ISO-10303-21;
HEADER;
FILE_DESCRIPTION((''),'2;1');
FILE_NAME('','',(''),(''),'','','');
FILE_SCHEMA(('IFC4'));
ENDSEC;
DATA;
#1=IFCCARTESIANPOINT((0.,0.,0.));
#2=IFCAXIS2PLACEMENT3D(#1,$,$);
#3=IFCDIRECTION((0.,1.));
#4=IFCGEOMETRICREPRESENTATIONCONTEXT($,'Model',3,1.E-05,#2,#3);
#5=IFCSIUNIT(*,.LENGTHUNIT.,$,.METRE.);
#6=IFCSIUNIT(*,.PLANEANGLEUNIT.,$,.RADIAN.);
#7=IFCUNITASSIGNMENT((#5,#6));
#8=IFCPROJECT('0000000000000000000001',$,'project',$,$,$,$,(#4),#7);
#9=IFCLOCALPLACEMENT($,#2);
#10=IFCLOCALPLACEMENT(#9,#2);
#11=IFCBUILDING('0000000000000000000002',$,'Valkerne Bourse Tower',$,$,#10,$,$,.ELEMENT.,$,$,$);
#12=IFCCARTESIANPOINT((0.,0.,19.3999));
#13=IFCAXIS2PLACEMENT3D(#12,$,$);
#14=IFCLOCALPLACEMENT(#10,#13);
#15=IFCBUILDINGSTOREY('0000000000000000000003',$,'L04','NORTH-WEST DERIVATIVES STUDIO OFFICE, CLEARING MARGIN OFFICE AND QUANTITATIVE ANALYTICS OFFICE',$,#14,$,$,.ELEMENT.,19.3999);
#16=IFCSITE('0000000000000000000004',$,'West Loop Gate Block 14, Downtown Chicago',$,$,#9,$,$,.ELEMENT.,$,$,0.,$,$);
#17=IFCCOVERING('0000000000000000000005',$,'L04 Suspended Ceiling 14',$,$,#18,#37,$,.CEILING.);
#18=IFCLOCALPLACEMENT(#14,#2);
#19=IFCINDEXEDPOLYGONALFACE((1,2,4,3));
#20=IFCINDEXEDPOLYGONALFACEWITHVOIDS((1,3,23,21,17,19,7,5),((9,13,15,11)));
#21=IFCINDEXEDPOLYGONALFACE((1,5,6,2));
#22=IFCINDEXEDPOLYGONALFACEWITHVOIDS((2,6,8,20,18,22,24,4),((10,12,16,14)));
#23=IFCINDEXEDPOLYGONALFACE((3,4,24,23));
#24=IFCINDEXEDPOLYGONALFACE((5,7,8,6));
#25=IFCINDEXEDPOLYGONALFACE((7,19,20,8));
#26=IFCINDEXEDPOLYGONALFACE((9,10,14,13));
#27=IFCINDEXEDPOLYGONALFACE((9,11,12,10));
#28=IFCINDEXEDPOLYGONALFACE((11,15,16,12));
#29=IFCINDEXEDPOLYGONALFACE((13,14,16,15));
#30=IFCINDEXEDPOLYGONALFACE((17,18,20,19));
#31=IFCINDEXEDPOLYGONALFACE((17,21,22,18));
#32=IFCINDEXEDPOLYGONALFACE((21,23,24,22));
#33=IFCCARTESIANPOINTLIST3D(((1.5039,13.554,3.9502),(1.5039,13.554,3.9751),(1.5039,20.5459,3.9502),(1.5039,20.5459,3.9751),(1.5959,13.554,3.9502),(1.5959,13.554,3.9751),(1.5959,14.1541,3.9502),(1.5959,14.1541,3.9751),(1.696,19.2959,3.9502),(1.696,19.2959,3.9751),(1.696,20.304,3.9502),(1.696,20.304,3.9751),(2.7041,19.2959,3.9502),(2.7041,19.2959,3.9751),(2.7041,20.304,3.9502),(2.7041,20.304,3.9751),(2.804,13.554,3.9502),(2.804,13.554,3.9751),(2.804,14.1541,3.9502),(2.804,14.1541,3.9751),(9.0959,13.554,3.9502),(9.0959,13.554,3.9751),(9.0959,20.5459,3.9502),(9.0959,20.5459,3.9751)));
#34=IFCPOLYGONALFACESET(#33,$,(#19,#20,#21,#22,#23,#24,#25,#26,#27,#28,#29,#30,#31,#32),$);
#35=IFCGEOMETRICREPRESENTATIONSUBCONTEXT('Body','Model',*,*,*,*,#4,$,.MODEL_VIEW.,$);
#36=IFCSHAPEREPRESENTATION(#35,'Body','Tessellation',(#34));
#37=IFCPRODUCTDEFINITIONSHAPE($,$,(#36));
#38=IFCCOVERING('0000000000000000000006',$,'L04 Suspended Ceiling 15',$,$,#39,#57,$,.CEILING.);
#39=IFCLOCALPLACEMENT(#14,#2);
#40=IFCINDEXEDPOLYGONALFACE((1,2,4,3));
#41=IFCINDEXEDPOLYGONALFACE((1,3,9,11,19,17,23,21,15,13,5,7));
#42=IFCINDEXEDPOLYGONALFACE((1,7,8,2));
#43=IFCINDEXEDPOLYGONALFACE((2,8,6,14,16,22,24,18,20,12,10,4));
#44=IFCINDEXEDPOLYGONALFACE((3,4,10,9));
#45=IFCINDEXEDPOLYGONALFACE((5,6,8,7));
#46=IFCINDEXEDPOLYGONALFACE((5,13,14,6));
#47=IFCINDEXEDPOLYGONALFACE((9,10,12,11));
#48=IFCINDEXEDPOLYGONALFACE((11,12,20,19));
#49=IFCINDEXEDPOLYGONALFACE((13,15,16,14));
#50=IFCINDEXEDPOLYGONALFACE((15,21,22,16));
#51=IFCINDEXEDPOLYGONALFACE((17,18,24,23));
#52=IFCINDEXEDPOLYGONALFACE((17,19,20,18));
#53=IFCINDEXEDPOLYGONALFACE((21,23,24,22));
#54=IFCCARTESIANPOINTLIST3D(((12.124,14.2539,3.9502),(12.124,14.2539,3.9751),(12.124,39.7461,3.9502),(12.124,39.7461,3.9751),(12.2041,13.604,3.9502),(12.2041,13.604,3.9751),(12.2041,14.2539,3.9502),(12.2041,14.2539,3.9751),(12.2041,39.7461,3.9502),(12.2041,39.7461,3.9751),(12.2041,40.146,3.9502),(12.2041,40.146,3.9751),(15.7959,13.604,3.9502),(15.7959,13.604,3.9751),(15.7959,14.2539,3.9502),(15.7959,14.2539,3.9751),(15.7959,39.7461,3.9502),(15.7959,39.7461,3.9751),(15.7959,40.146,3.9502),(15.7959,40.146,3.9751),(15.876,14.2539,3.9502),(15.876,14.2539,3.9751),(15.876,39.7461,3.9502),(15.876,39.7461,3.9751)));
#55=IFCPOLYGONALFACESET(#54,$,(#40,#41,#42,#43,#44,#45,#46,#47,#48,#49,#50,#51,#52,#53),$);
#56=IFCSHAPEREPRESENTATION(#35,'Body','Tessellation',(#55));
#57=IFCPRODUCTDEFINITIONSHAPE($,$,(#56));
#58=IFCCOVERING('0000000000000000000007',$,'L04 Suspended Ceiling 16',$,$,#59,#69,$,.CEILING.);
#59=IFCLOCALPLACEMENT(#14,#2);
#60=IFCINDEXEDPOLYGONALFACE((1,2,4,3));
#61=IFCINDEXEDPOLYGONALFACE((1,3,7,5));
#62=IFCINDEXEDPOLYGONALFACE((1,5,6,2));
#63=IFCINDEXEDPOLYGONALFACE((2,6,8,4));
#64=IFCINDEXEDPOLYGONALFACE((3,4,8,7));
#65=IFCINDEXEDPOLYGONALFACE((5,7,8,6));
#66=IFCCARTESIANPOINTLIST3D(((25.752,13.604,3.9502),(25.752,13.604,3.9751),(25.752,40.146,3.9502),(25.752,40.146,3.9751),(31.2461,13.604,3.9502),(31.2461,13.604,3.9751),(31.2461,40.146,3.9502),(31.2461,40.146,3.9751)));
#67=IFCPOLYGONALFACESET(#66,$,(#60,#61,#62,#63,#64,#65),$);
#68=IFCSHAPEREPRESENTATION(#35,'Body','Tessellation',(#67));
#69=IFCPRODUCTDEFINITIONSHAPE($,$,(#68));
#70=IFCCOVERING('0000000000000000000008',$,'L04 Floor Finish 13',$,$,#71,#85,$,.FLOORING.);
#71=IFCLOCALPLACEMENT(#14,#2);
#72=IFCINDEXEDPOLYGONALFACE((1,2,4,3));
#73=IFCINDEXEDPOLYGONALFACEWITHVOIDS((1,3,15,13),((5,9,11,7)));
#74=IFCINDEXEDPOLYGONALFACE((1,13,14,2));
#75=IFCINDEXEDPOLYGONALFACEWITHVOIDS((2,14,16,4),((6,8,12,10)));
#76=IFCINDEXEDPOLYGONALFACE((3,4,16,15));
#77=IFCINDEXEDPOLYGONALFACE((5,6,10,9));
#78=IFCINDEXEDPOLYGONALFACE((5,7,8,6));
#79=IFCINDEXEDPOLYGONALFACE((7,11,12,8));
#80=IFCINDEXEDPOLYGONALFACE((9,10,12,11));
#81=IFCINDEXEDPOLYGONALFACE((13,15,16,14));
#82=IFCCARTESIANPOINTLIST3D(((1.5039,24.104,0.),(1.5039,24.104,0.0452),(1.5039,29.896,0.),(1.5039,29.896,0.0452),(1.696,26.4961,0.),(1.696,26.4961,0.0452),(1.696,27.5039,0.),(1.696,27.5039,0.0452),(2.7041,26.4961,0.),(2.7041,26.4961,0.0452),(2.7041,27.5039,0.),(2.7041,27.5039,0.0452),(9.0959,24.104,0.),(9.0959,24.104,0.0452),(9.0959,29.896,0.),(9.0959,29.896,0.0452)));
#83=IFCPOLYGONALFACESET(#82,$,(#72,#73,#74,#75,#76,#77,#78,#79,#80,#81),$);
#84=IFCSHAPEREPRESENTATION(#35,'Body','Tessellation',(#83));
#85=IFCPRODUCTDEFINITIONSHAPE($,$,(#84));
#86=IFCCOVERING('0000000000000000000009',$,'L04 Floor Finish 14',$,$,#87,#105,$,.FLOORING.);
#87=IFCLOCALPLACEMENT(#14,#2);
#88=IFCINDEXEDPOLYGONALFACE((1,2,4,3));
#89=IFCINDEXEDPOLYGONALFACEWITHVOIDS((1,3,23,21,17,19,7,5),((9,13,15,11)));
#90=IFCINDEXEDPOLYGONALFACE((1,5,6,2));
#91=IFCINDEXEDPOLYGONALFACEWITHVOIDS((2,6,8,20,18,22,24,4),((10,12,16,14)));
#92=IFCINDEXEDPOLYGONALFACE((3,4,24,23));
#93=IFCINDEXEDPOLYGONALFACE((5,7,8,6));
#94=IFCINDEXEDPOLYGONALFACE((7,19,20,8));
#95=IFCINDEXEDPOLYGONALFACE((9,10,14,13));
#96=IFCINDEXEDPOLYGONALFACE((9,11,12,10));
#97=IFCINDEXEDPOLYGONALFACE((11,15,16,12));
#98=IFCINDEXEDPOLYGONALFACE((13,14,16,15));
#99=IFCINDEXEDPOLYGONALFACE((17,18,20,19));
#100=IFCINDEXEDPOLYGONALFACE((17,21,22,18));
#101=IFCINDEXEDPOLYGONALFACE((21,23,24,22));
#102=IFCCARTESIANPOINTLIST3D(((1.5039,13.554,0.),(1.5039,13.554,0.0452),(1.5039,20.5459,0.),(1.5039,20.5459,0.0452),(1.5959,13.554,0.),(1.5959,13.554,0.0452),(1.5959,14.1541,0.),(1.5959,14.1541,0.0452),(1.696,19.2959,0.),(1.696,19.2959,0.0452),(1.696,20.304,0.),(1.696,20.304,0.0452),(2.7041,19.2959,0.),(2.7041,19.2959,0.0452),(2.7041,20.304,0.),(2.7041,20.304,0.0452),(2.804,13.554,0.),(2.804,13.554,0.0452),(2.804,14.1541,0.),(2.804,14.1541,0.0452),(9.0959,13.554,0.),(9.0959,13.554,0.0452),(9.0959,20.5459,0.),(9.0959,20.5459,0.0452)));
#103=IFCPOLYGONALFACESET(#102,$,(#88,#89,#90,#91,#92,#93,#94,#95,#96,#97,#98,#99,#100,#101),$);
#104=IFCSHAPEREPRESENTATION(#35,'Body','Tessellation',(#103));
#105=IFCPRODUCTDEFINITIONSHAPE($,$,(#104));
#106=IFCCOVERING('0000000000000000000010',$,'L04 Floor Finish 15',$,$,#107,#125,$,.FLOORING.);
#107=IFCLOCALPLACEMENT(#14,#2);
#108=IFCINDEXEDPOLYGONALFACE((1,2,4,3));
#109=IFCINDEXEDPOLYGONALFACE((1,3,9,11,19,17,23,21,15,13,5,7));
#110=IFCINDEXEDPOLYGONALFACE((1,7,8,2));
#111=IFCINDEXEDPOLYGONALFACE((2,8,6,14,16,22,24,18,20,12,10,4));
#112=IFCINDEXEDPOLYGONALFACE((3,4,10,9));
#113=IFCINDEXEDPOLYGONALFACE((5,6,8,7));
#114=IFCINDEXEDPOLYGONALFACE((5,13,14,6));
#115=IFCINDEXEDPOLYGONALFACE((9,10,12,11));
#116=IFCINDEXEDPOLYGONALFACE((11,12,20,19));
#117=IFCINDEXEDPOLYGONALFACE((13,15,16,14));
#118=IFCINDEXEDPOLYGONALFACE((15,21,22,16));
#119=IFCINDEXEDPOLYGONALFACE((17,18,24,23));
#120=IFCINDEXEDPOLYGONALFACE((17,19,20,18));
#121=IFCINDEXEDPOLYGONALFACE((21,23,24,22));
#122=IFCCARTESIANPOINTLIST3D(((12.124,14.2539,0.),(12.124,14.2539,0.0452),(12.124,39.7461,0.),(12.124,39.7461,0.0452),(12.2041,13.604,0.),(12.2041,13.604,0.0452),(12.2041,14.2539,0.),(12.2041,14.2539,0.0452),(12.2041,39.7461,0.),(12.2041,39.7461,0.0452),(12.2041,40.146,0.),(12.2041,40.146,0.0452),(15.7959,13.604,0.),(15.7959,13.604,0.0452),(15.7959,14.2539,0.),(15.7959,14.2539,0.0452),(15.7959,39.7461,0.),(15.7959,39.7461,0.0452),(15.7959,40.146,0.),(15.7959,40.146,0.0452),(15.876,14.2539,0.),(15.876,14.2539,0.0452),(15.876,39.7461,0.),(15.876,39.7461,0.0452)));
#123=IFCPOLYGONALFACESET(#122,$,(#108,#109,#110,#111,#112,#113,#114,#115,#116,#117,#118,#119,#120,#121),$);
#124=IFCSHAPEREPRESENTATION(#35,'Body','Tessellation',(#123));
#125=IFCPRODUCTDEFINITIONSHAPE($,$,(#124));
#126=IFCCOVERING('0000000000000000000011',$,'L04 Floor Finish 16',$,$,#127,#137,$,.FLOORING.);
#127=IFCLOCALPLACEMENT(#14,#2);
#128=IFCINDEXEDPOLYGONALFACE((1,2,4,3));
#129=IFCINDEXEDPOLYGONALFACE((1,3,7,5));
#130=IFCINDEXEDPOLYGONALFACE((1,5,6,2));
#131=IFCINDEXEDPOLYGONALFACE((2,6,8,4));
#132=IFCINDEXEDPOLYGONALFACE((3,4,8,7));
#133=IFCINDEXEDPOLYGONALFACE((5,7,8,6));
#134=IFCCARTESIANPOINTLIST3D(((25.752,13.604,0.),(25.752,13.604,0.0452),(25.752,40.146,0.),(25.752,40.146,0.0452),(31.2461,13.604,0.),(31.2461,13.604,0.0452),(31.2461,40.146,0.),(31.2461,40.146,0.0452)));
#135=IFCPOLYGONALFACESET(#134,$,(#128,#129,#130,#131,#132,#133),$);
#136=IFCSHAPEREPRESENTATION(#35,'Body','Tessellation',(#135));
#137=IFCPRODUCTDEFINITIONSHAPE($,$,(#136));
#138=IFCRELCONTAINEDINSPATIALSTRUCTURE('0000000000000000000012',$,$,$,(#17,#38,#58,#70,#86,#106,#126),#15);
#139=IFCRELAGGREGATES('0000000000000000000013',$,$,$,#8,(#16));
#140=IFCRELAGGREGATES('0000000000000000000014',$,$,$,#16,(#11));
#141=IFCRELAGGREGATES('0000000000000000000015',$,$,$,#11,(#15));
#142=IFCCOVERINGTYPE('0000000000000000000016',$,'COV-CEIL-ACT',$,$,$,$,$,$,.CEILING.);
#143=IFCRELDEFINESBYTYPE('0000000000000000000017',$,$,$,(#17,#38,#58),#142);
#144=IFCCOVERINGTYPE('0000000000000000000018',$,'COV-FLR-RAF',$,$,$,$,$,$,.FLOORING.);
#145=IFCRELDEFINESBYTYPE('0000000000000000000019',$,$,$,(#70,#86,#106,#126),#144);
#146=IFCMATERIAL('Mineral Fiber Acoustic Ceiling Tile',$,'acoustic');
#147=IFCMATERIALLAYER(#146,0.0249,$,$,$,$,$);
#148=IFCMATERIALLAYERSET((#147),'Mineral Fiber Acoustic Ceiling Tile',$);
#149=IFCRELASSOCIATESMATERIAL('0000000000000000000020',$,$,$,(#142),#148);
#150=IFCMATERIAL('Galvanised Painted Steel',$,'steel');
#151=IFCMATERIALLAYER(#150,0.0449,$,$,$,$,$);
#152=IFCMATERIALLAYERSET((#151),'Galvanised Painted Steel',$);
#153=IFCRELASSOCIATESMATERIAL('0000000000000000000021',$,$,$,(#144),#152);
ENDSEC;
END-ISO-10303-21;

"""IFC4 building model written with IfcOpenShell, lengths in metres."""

from ifc_helpers import new_model, si_unit, direction, frame, origin, place, context, subcontext, project, spatial, polyline, outline, extrude, material, layer, layer_set, type_object, element, save


model = new_model("IFC4")

# Units and contexts
model_context = context("Model", 3, precision=1e-05, world=origin(), true_north=direction((0.0, 1.0)))
body_context = subcontext(model_context, "Body", "Model", "MODEL_VIEW")
ifc_project = project(units=[si_unit("LENGTHUNIT", "METRE"), si_unit("PLANEANGLEUNIT", "RADIAN")], contexts=[model_context])

# Site, building, storey
site_placement = place(None, origin())
site = spatial("IfcSite", under=ifc_project, at=site_placement, Name="West Loop Gate Block 14, Downtown Chicago", CompositionType="ELEMENT", RefElevation=0.0)
building_placement = place(site_placement, origin())
building = spatial("IfcBuilding", under=site, at=building_placement, Name="Valkerne Bourse Tower", CompositionType="ELEMENT")
storey_placement = place(building_placement, frame((0.0, 0.0, 19.3999)))
storey = spatial("IfcBuildingStorey", under=building, at=storey_placement, Name="L04", Description="NORTH-WEST DERIVATIVES STUDIO OFFICE, CLEARING MARGIN OFFICE AND QUANTITATIVE ANALYTICS OFFICE", CompositionType="ELEMENT", Elevation=19.3999)

# Shared definitions
ifc_material_1 = material(Name="Galvanised Painted Steel", Category="steel")

# Coverings
ifc_material_2 = material(Name="Mineral Fiber Acoustic Ceiling Tile", Category="acoustic")
ifc_layer_1 = layer(ifc_material_2, 0.0249)
ifc_layer_set_1 = layer_set([ifc_layer_1], Name="Mineral Fiber Acoustic Ceiling Tile")
covering_type_1 = type_object("IfcCoveringType", Name="COV-CEIL-ACT", PredefinedType="CEILING", material=ifc_layer_set_1)
covering_1_placement = place(storey_placement, frame((0.0, 0.0, 3.9502)))
element("IfcCovering", 1, at=covering_1_placement, inside=storey, type_object=covering_type_1, Name="L04 Suspended Ceiling 14", PredefinedType="CEILING", context=body_context, shape_type="SweptSolid", body=[
    extrude(outline(polyline([(1.5039, 20.5459), (9.0959, 20.5459), (9.0959, 13.554), (2.804, 13.554), (2.804, 14.1541), (1.5959, 14.1541), (1.5959, 13.554), (1.5039, 13.554), (1.5039, 20.5459)]), holes=[polyline([(1.696, 20.304), (1.696, 19.2959), (2.7041, 19.2959), (2.7041, 20.304), (1.696, 20.304)])]), origin(), (0.0, 0.0, 1.0), 0.0249),
])
covering_2_placement = place(storey_placement, frame((0.0, 0.0, 3.9502)))
element("IfcCovering", 2, at=covering_2_placement, inside=storey, type_object=covering_type_1, Name="L04 Suspended Ceiling 15", PredefinedType="CEILING", context=body_context, shape_type="SweptSolid", body=[
    extrude(outline(polyline([(12.124, 39.7461), (12.2041, 39.7461), (12.2041, 40.146), (15.7959, 40.146), (15.7959, 39.7461), (15.876, 39.7461), (15.876, 14.2539), (15.7959, 14.2539), (15.7959, 13.604), (12.2041, 13.604), (12.2041, 14.2539), (12.124, 14.2539), (12.124, 39.7461)])), origin(), (0.0, 0.0, 1.0), 0.0249),
])
covering_3_placement = place(storey_placement, frame((0.0, 0.0, 3.9502)))
element("IfcCovering", 3, at=covering_3_placement, inside=storey, type_object=covering_type_1, Name="L04 Suspended Ceiling 16", PredefinedType="CEILING", context=body_context, shape_type="SweptSolid", body=[
    extrude(outline(polyline([(31.2461, 13.604), (25.752, 13.604), (25.752, 40.146), (31.2461, 40.146), (31.2461, 13.604)])), origin(), (0.0, 0.0, 1.0), 0.0249),
])
ifc_layer_2 = layer(ifc_material_1, 0.0449)
ifc_layer_set_2 = layer_set([ifc_layer_2], Name="Galvanised Painted Steel")
covering_type_2 = type_object("IfcCoveringType", Name="COV-FLR-RAF", PredefinedType="FLOORING", material=ifc_layer_set_2)
covering_4_placement = place(storey_placement, origin())
element("IfcCovering", 4, at=covering_4_placement, inside=storey, type_object=covering_type_2, Name="L04 Floor Finish 13", PredefinedType="FLOORING", context=body_context, shape_type="SweptSolid", body=[
    extrude(outline(polyline([(1.5039, 29.896), (9.0959, 29.896), (9.0959, 24.104), (1.5039, 24.104), (1.5039, 29.896)]), holes=[polyline([(2.7041, 27.5039), (1.696, 27.5039), (1.696, 26.4961), (2.7041, 26.4961), (2.7041, 27.5039)])]), origin(), (0.0, 0.0, 1.0), 0.0452),
])
covering_5_placement = place(storey_placement, origin())
element("IfcCovering", 5, at=covering_5_placement, inside=storey, type_object=covering_type_2, Name="L04 Floor Finish 14", PredefinedType="FLOORING", context=body_context, shape_type="SweptSolid", body=[
    extrude(outline(polyline([(1.5039, 20.5459), (9.0959, 20.5459), (9.0959, 13.554), (2.804, 13.554), (2.804, 14.1541), (1.5959, 14.1541), (1.5959, 13.554), (1.5039, 13.554), (1.5039, 20.5459)]), holes=[polyline([(1.696, 20.304), (1.696, 19.2959), (2.7041, 19.2959), (2.7041, 20.304), (1.696, 20.304)])]), origin(), (0.0, 0.0, 1.0), 0.0452),
])
covering_6_placement = place(storey_placement, origin())
element("IfcCovering", 6, at=covering_6_placement, inside=storey, type_object=covering_type_2, Name="L04 Floor Finish 15", PredefinedType="FLOORING", context=body_context, shape_type="SweptSolid", body=[
    extrude(outline(polyline([(12.124, 39.7461), (12.2041, 39.7461), (12.2041, 40.146), (15.7959, 40.146), (15.7959, 39.7461), (15.876, 39.7461), (15.876, 14.2539), (15.7959, 14.2539), (15.7959, 13.604), (12.2041, 13.604), (12.2041, 14.2539), (12.124, 14.2539), (12.124, 39.7461)])), origin(), (0.0, 0.0, 1.0), 0.0452),
])
covering_7_placement = place(storey_placement, origin())
element("IfcCovering", 7, at=covering_7_placement, inside=storey, type_object=covering_type_2, Name="L04 Floor Finish 16", PredefinedType="FLOORING", context=body_context, shape_type="SweptSolid", body=[
    extrude(outline(polyline([(31.2461, 13.604), (25.752, 13.604), (25.752, 40.146), (31.2461, 40.146), (31.2461, 13.604)])), origin(), (0.0, 0.0, 1.0), 0.0452),
])

save(model, "model.ifc")
